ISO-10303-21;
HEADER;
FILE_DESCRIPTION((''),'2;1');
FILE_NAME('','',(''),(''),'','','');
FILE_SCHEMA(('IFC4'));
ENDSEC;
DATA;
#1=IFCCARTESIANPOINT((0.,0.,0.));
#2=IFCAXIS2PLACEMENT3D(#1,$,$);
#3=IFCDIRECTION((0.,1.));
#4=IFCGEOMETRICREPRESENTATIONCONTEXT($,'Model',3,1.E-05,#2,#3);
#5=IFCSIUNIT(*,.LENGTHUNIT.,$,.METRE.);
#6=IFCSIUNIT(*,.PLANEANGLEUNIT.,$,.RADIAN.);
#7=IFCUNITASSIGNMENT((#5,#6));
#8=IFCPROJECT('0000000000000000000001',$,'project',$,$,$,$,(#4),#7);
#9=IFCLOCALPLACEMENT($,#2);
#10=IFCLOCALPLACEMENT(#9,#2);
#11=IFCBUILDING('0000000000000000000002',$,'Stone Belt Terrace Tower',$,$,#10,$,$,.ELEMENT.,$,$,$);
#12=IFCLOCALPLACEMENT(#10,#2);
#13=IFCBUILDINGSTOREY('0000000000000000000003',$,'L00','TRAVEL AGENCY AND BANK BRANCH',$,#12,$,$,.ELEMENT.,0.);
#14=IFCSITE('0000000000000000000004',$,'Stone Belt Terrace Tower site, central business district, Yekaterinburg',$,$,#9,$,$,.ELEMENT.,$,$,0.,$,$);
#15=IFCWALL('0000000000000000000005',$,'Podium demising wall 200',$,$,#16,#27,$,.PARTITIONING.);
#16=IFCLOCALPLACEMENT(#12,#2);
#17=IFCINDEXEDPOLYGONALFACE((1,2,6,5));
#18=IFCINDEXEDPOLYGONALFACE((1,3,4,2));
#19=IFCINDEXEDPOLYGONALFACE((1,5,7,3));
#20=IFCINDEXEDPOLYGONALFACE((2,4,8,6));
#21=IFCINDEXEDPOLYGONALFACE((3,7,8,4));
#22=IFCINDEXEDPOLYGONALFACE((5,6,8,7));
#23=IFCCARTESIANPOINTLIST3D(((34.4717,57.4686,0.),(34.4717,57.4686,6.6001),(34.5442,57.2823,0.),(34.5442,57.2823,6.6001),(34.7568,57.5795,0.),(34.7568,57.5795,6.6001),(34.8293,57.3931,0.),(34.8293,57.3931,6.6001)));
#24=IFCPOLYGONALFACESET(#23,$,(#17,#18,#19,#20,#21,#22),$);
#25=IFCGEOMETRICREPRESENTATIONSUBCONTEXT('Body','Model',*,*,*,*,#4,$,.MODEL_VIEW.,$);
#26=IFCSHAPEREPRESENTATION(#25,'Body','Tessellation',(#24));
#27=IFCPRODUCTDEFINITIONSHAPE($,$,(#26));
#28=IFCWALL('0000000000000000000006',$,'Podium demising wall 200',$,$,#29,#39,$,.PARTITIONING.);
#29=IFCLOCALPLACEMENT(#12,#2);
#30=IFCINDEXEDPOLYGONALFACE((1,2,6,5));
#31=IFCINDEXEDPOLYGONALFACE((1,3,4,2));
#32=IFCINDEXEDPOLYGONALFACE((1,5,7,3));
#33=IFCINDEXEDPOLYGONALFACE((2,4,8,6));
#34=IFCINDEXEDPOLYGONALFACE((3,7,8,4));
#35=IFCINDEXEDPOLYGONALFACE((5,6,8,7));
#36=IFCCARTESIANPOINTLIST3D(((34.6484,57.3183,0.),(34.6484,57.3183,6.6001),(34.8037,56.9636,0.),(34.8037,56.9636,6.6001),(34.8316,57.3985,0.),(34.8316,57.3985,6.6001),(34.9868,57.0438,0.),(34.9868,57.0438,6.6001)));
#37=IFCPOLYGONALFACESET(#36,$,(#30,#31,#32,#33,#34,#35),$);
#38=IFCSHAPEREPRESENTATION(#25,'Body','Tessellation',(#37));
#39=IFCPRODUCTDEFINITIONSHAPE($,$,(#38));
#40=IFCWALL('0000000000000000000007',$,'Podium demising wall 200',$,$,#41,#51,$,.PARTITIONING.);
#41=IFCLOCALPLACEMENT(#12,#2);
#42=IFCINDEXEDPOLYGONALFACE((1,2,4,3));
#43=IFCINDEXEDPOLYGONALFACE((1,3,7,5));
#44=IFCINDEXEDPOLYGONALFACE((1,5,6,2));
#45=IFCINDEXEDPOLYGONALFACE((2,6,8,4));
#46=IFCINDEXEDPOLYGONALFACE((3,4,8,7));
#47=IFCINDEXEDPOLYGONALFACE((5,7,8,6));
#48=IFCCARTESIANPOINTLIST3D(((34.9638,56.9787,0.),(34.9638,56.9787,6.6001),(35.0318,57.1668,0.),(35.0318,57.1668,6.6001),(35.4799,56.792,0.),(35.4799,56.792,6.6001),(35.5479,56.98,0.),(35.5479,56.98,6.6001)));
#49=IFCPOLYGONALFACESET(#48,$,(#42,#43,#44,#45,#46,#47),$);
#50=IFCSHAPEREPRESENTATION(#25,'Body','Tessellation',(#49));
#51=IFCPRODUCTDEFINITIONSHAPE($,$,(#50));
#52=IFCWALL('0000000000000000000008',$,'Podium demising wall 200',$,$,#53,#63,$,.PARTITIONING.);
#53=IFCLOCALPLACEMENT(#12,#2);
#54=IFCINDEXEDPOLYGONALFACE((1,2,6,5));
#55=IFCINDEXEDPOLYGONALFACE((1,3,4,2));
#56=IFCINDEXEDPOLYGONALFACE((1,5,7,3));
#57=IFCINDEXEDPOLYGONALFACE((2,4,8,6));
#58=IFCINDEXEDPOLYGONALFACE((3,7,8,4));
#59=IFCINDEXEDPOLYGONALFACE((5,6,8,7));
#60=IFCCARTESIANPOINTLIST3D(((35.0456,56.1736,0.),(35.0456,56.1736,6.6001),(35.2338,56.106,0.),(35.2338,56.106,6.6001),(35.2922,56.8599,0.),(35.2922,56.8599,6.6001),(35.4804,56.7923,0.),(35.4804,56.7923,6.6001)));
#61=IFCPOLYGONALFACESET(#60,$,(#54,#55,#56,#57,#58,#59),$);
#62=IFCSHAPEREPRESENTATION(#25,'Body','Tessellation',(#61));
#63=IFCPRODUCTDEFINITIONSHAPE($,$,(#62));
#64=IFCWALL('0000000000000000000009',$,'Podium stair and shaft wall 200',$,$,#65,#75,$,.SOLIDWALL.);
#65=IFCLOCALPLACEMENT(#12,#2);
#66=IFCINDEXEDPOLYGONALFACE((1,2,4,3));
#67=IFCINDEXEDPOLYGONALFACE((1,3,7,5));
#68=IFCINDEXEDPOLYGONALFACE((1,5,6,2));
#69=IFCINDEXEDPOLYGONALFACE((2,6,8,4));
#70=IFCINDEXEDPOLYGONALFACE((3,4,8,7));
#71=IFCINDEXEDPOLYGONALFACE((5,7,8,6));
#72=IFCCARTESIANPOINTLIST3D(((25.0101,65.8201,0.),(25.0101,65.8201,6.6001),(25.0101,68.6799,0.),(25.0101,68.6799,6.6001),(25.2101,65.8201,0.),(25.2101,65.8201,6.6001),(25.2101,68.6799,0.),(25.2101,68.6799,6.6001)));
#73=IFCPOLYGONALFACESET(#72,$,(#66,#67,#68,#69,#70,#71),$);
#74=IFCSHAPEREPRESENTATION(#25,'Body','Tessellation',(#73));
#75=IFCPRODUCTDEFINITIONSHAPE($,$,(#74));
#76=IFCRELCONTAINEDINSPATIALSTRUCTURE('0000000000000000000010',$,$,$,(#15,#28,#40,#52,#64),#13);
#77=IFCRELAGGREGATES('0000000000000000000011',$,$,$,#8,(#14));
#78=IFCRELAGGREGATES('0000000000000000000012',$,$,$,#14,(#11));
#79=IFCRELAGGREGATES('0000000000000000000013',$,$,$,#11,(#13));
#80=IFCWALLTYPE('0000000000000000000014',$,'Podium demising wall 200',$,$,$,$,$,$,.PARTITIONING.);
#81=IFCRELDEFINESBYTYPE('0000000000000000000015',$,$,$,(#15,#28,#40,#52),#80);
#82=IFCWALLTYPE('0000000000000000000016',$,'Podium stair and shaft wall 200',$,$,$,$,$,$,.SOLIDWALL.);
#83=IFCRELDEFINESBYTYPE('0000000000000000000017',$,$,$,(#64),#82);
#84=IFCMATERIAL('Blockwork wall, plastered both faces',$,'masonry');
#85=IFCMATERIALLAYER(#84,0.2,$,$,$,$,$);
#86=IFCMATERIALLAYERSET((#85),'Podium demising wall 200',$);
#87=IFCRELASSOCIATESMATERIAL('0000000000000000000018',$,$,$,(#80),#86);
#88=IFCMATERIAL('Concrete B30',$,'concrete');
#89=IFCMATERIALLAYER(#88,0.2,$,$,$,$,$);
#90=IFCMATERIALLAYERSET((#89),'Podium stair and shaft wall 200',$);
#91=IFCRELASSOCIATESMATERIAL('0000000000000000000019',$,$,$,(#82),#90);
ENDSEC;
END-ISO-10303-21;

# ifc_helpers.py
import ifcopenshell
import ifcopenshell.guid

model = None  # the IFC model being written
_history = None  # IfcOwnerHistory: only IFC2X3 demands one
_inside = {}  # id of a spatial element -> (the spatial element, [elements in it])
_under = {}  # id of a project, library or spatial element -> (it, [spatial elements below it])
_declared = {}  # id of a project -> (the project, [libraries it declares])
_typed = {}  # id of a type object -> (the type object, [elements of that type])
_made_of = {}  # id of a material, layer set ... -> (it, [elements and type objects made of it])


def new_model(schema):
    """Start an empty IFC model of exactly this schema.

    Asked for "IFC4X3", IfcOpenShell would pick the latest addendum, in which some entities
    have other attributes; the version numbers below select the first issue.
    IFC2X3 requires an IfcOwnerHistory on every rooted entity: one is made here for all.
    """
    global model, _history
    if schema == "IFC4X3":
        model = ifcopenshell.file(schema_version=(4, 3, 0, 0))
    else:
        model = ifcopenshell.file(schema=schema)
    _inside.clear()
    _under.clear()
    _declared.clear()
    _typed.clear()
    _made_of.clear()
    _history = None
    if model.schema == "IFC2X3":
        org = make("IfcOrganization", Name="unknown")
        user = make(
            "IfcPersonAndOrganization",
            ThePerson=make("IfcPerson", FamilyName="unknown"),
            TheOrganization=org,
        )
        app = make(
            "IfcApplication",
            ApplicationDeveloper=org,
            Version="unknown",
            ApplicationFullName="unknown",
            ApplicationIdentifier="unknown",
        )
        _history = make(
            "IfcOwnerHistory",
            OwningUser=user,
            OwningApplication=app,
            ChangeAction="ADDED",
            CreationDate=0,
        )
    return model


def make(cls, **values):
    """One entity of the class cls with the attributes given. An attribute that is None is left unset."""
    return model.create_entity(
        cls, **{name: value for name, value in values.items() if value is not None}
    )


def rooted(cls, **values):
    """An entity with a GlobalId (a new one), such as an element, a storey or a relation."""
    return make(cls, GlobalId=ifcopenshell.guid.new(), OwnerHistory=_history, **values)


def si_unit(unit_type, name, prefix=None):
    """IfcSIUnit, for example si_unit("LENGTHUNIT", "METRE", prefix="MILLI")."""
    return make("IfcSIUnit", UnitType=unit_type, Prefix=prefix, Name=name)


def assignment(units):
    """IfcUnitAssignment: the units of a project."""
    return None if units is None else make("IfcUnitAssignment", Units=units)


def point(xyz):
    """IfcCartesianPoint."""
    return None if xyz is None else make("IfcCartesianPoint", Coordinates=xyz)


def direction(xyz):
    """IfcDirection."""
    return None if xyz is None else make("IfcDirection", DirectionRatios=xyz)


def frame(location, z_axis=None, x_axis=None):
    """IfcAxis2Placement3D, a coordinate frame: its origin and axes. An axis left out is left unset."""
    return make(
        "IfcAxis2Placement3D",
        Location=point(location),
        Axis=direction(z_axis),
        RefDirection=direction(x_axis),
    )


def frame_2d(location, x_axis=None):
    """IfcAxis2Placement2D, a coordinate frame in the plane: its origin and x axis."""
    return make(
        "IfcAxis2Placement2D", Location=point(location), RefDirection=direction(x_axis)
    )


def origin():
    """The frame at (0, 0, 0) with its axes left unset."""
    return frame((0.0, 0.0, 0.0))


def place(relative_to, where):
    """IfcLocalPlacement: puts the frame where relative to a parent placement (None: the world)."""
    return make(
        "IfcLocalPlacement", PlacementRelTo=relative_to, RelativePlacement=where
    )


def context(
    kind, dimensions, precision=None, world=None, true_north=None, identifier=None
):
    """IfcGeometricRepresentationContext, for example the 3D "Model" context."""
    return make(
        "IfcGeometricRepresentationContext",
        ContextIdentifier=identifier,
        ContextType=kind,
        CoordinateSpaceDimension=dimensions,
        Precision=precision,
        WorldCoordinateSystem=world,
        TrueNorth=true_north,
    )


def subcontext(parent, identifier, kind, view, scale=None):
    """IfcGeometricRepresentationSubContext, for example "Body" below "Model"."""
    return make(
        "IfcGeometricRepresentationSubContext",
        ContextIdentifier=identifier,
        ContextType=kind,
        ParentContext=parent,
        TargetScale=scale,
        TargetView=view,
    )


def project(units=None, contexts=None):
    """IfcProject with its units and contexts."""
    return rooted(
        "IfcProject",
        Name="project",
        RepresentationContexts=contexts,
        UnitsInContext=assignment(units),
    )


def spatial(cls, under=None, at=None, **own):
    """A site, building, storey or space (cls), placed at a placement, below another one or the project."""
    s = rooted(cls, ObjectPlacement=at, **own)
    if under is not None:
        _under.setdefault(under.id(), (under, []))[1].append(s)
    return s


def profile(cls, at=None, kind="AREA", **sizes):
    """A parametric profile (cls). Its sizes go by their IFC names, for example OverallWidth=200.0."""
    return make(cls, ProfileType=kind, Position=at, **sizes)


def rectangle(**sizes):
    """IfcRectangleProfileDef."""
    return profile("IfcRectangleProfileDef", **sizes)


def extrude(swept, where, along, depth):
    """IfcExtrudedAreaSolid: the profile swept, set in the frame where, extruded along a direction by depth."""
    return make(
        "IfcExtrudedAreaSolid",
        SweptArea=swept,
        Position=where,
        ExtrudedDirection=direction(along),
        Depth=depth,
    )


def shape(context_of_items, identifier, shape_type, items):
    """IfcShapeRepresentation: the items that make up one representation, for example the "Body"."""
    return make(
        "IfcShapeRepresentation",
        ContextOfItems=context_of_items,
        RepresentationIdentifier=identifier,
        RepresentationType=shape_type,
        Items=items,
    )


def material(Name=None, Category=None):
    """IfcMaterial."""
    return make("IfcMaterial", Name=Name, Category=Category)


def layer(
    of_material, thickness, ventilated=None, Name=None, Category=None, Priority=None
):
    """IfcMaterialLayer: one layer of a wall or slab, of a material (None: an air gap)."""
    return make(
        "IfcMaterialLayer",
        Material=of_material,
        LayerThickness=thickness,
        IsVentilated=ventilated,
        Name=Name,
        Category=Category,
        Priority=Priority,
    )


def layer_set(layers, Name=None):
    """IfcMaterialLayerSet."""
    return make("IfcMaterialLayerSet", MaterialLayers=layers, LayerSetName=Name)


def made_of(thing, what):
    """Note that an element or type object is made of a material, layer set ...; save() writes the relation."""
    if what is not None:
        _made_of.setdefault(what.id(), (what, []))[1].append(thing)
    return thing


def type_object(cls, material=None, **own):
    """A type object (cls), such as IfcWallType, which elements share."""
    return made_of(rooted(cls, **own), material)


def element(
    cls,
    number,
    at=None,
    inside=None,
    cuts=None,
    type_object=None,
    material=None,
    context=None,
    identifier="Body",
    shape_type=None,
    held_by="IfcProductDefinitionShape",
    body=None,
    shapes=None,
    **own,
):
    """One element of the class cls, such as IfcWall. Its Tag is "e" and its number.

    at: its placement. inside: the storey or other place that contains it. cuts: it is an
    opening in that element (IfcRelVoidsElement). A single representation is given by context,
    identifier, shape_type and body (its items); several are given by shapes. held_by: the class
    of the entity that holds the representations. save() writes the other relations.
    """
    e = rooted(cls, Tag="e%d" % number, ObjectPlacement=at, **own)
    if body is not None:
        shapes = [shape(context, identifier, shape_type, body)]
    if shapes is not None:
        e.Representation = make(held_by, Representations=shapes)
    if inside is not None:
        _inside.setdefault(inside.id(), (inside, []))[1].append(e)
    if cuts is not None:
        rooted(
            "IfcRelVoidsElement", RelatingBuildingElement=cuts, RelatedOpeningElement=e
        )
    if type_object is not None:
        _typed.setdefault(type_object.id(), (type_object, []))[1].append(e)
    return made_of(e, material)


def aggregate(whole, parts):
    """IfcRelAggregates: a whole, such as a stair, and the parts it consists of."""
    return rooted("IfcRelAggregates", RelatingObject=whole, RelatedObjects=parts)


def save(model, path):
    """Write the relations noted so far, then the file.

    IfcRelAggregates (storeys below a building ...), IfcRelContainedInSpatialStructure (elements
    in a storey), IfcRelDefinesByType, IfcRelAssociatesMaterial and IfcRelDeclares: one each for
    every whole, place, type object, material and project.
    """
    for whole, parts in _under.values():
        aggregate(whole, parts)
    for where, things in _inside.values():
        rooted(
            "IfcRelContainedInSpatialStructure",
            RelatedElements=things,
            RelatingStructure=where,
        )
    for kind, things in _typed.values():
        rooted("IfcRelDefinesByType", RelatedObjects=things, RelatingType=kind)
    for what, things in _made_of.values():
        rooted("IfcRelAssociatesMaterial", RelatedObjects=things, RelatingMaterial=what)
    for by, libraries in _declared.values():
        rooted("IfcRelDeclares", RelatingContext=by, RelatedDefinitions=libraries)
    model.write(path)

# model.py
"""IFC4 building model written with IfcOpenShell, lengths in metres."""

from ifc_helpers import new_model, si_unit, direction, frame, frame_2d, origin, place, context, subcontext, project, spatial, rectangle, extrude, material, layer, layer_set, type_object, element, save


model = new_model("IFC4")

# Units and contexts
model_context = context("Model", 3, precision=1e-05, world=origin(), true_north=direction((0.0, 1.0)))
body_context = subcontext(model_context, "Body", "Model", "MODEL_VIEW")
ifc_project = project(units=[si_unit("LENGTHUNIT", "METRE"), si_unit("PLANEANGLEUNIT", "RADIAN")], contexts=[model_context])

# Site, building, storey
site_placement = place(None, origin())
site = spatial("IfcSite", under=ifc_project, at=site_placement, Name="Stone Belt Terrace Tower site, central business district, Yekaterinburg", CompositionType="ELEMENT", RefElevation=0.0)
building_placement = place(site_placement, origin())
building = spatial("IfcBuilding", under=site, at=building_placement, Name="Stone Belt Terrace Tower", CompositionType="ELEMENT")
storey_placement = place(building_placement, origin())
storey = spatial("IfcBuildingStorey", under=building, at=storey_placement, Name="L00", Description="TRAVEL AGENCY AND BANK BRANCH", CompositionType="ELEMENT", Elevation=0.0)

# Shared definitions
ifc_material_1 = material(Name="Blockwork wall, plastered both faces", Category="masonry")
ifc_layer_1 = layer(ifc_material_1, 0.2)
ifc_layer_set_1 = layer_set([ifc_layer_1], Name="Podium demising wall 200")
wall_type_1 = type_object("IfcWallType", Name="Podium demising wall 200", PredefinedType="PARTITIONING", material=ifc_layer_set_1)

# Walls
wall_1_placement = place(storey_placement, frame((34.5081, 57.3755, 0.0), z_axis=(0.0, 0.0, 1.0), x_axis=(0.932065, 0.362292, 0.0)))
element("IfcWall", 1, at=wall_1_placement, inside=storey, type_object=wall_type_1, Name="Podium demising wall 200", PredefinedType="PARTITIONING", context=body_context, shape_type="SweptSolid", body=[
    extrude(rectangle(XDim=0.3059, YDim=0.2, at=frame_2d((0.1528, 0.0))), origin(), (0.0, 0.0, 1.0), 6.6001),
])
wall_2_placement = place(storey_placement, frame((34.74, 57.3584, 0.0), z_axis=(0.0, 0.0, 1.0), x_axis=(0.400984, -0.916085, 0.0)))
element("IfcWall", 2, at=wall_2_placement, inside=storey, type_object=wall_type_1, Name="Podium demising wall 200", PredefinedType="PARTITIONING", context=body_context, shape_type="SweptSolid", body=[
    extrude(rectangle(XDim=0.3872, YDim=0.2, at=frame_2d((0.1936, 0.0))), origin(), (0.0, 0.0, 1.0), 6.6001),
])
wall_3_placement = place(storey_placement, frame((34.9978, 57.0728, 0.0), z_axis=(0.0, 0.0, 1.0), x_axis=(0.940325, -0.340278, 0.0)))
element("IfcWall", 3, at=wall_3_placement, inside=storey, type_object=wall_type_1, Name="Podium demising wall 200", PredefinedType="PARTITIONING", context=body_context, shape_type="SweptSolid", body=[
    extrude(rectangle(XDim=0.5488, YDim=0.2, at=frame_2d((0.2744, 0.0))), origin(), (0.0, 0.0, 1.0), 6.6001),
])
wall_4_placement = place(storey_placement, frame((35.1396, 56.1396, 0.0), z_axis=(0.0, 0.0, 1.0), x_axis=(0.338138, 0.941096, 0.0)))
element("IfcWall", 4, at=wall_4_placement, inside=storey, type_object=wall_type_1, Name="Podium demising wall 200", PredefinedType="PARTITIONING", context=body_context, shape_type="SweptSolid", body=[
    extrude(rectangle(XDim=0.7292, YDim=0.2, at=frame_2d((0.3647, 0.0))), origin(), (0.0, 0.0, 1.0), 6.6001),
])
ifc_material_2 = material(Name="Concrete B30", Category="concrete")
ifc_layer_2 = layer(ifc_material_2, 0.2)
ifc_layer_set_2 = layer_set([ifc_layer_2], Name="Podium stair and shaft wall 200")
wall_type_2 = type_object("IfcWallType", Name="Podium stair and shaft wall 200", PredefinedType="SOLIDWALL", material=ifc_layer_set_2)
wall_5_placement = place(storey_placement, frame((25.1101, 65.8201, 0.0), z_axis=(0.0, 0.0, 1.0), x_axis=(0.0, 1.0, 0.0)))
element("IfcWall", 5, at=wall_5_placement, inside=storey, type_object=wall_type_2, Name="Podium stair and shaft wall 200", PredefinedType="SOLIDWALL", context=body_context, shape_type="SweptSolid", body=[
    extrude(rectangle(XDim=2.8599, YDim=0.2, at=frame_2d((1.4299, 0.0))), origin(), (0.0, 0.0, 1.0), 6.6001),
])

save(model, "model.ifc")
